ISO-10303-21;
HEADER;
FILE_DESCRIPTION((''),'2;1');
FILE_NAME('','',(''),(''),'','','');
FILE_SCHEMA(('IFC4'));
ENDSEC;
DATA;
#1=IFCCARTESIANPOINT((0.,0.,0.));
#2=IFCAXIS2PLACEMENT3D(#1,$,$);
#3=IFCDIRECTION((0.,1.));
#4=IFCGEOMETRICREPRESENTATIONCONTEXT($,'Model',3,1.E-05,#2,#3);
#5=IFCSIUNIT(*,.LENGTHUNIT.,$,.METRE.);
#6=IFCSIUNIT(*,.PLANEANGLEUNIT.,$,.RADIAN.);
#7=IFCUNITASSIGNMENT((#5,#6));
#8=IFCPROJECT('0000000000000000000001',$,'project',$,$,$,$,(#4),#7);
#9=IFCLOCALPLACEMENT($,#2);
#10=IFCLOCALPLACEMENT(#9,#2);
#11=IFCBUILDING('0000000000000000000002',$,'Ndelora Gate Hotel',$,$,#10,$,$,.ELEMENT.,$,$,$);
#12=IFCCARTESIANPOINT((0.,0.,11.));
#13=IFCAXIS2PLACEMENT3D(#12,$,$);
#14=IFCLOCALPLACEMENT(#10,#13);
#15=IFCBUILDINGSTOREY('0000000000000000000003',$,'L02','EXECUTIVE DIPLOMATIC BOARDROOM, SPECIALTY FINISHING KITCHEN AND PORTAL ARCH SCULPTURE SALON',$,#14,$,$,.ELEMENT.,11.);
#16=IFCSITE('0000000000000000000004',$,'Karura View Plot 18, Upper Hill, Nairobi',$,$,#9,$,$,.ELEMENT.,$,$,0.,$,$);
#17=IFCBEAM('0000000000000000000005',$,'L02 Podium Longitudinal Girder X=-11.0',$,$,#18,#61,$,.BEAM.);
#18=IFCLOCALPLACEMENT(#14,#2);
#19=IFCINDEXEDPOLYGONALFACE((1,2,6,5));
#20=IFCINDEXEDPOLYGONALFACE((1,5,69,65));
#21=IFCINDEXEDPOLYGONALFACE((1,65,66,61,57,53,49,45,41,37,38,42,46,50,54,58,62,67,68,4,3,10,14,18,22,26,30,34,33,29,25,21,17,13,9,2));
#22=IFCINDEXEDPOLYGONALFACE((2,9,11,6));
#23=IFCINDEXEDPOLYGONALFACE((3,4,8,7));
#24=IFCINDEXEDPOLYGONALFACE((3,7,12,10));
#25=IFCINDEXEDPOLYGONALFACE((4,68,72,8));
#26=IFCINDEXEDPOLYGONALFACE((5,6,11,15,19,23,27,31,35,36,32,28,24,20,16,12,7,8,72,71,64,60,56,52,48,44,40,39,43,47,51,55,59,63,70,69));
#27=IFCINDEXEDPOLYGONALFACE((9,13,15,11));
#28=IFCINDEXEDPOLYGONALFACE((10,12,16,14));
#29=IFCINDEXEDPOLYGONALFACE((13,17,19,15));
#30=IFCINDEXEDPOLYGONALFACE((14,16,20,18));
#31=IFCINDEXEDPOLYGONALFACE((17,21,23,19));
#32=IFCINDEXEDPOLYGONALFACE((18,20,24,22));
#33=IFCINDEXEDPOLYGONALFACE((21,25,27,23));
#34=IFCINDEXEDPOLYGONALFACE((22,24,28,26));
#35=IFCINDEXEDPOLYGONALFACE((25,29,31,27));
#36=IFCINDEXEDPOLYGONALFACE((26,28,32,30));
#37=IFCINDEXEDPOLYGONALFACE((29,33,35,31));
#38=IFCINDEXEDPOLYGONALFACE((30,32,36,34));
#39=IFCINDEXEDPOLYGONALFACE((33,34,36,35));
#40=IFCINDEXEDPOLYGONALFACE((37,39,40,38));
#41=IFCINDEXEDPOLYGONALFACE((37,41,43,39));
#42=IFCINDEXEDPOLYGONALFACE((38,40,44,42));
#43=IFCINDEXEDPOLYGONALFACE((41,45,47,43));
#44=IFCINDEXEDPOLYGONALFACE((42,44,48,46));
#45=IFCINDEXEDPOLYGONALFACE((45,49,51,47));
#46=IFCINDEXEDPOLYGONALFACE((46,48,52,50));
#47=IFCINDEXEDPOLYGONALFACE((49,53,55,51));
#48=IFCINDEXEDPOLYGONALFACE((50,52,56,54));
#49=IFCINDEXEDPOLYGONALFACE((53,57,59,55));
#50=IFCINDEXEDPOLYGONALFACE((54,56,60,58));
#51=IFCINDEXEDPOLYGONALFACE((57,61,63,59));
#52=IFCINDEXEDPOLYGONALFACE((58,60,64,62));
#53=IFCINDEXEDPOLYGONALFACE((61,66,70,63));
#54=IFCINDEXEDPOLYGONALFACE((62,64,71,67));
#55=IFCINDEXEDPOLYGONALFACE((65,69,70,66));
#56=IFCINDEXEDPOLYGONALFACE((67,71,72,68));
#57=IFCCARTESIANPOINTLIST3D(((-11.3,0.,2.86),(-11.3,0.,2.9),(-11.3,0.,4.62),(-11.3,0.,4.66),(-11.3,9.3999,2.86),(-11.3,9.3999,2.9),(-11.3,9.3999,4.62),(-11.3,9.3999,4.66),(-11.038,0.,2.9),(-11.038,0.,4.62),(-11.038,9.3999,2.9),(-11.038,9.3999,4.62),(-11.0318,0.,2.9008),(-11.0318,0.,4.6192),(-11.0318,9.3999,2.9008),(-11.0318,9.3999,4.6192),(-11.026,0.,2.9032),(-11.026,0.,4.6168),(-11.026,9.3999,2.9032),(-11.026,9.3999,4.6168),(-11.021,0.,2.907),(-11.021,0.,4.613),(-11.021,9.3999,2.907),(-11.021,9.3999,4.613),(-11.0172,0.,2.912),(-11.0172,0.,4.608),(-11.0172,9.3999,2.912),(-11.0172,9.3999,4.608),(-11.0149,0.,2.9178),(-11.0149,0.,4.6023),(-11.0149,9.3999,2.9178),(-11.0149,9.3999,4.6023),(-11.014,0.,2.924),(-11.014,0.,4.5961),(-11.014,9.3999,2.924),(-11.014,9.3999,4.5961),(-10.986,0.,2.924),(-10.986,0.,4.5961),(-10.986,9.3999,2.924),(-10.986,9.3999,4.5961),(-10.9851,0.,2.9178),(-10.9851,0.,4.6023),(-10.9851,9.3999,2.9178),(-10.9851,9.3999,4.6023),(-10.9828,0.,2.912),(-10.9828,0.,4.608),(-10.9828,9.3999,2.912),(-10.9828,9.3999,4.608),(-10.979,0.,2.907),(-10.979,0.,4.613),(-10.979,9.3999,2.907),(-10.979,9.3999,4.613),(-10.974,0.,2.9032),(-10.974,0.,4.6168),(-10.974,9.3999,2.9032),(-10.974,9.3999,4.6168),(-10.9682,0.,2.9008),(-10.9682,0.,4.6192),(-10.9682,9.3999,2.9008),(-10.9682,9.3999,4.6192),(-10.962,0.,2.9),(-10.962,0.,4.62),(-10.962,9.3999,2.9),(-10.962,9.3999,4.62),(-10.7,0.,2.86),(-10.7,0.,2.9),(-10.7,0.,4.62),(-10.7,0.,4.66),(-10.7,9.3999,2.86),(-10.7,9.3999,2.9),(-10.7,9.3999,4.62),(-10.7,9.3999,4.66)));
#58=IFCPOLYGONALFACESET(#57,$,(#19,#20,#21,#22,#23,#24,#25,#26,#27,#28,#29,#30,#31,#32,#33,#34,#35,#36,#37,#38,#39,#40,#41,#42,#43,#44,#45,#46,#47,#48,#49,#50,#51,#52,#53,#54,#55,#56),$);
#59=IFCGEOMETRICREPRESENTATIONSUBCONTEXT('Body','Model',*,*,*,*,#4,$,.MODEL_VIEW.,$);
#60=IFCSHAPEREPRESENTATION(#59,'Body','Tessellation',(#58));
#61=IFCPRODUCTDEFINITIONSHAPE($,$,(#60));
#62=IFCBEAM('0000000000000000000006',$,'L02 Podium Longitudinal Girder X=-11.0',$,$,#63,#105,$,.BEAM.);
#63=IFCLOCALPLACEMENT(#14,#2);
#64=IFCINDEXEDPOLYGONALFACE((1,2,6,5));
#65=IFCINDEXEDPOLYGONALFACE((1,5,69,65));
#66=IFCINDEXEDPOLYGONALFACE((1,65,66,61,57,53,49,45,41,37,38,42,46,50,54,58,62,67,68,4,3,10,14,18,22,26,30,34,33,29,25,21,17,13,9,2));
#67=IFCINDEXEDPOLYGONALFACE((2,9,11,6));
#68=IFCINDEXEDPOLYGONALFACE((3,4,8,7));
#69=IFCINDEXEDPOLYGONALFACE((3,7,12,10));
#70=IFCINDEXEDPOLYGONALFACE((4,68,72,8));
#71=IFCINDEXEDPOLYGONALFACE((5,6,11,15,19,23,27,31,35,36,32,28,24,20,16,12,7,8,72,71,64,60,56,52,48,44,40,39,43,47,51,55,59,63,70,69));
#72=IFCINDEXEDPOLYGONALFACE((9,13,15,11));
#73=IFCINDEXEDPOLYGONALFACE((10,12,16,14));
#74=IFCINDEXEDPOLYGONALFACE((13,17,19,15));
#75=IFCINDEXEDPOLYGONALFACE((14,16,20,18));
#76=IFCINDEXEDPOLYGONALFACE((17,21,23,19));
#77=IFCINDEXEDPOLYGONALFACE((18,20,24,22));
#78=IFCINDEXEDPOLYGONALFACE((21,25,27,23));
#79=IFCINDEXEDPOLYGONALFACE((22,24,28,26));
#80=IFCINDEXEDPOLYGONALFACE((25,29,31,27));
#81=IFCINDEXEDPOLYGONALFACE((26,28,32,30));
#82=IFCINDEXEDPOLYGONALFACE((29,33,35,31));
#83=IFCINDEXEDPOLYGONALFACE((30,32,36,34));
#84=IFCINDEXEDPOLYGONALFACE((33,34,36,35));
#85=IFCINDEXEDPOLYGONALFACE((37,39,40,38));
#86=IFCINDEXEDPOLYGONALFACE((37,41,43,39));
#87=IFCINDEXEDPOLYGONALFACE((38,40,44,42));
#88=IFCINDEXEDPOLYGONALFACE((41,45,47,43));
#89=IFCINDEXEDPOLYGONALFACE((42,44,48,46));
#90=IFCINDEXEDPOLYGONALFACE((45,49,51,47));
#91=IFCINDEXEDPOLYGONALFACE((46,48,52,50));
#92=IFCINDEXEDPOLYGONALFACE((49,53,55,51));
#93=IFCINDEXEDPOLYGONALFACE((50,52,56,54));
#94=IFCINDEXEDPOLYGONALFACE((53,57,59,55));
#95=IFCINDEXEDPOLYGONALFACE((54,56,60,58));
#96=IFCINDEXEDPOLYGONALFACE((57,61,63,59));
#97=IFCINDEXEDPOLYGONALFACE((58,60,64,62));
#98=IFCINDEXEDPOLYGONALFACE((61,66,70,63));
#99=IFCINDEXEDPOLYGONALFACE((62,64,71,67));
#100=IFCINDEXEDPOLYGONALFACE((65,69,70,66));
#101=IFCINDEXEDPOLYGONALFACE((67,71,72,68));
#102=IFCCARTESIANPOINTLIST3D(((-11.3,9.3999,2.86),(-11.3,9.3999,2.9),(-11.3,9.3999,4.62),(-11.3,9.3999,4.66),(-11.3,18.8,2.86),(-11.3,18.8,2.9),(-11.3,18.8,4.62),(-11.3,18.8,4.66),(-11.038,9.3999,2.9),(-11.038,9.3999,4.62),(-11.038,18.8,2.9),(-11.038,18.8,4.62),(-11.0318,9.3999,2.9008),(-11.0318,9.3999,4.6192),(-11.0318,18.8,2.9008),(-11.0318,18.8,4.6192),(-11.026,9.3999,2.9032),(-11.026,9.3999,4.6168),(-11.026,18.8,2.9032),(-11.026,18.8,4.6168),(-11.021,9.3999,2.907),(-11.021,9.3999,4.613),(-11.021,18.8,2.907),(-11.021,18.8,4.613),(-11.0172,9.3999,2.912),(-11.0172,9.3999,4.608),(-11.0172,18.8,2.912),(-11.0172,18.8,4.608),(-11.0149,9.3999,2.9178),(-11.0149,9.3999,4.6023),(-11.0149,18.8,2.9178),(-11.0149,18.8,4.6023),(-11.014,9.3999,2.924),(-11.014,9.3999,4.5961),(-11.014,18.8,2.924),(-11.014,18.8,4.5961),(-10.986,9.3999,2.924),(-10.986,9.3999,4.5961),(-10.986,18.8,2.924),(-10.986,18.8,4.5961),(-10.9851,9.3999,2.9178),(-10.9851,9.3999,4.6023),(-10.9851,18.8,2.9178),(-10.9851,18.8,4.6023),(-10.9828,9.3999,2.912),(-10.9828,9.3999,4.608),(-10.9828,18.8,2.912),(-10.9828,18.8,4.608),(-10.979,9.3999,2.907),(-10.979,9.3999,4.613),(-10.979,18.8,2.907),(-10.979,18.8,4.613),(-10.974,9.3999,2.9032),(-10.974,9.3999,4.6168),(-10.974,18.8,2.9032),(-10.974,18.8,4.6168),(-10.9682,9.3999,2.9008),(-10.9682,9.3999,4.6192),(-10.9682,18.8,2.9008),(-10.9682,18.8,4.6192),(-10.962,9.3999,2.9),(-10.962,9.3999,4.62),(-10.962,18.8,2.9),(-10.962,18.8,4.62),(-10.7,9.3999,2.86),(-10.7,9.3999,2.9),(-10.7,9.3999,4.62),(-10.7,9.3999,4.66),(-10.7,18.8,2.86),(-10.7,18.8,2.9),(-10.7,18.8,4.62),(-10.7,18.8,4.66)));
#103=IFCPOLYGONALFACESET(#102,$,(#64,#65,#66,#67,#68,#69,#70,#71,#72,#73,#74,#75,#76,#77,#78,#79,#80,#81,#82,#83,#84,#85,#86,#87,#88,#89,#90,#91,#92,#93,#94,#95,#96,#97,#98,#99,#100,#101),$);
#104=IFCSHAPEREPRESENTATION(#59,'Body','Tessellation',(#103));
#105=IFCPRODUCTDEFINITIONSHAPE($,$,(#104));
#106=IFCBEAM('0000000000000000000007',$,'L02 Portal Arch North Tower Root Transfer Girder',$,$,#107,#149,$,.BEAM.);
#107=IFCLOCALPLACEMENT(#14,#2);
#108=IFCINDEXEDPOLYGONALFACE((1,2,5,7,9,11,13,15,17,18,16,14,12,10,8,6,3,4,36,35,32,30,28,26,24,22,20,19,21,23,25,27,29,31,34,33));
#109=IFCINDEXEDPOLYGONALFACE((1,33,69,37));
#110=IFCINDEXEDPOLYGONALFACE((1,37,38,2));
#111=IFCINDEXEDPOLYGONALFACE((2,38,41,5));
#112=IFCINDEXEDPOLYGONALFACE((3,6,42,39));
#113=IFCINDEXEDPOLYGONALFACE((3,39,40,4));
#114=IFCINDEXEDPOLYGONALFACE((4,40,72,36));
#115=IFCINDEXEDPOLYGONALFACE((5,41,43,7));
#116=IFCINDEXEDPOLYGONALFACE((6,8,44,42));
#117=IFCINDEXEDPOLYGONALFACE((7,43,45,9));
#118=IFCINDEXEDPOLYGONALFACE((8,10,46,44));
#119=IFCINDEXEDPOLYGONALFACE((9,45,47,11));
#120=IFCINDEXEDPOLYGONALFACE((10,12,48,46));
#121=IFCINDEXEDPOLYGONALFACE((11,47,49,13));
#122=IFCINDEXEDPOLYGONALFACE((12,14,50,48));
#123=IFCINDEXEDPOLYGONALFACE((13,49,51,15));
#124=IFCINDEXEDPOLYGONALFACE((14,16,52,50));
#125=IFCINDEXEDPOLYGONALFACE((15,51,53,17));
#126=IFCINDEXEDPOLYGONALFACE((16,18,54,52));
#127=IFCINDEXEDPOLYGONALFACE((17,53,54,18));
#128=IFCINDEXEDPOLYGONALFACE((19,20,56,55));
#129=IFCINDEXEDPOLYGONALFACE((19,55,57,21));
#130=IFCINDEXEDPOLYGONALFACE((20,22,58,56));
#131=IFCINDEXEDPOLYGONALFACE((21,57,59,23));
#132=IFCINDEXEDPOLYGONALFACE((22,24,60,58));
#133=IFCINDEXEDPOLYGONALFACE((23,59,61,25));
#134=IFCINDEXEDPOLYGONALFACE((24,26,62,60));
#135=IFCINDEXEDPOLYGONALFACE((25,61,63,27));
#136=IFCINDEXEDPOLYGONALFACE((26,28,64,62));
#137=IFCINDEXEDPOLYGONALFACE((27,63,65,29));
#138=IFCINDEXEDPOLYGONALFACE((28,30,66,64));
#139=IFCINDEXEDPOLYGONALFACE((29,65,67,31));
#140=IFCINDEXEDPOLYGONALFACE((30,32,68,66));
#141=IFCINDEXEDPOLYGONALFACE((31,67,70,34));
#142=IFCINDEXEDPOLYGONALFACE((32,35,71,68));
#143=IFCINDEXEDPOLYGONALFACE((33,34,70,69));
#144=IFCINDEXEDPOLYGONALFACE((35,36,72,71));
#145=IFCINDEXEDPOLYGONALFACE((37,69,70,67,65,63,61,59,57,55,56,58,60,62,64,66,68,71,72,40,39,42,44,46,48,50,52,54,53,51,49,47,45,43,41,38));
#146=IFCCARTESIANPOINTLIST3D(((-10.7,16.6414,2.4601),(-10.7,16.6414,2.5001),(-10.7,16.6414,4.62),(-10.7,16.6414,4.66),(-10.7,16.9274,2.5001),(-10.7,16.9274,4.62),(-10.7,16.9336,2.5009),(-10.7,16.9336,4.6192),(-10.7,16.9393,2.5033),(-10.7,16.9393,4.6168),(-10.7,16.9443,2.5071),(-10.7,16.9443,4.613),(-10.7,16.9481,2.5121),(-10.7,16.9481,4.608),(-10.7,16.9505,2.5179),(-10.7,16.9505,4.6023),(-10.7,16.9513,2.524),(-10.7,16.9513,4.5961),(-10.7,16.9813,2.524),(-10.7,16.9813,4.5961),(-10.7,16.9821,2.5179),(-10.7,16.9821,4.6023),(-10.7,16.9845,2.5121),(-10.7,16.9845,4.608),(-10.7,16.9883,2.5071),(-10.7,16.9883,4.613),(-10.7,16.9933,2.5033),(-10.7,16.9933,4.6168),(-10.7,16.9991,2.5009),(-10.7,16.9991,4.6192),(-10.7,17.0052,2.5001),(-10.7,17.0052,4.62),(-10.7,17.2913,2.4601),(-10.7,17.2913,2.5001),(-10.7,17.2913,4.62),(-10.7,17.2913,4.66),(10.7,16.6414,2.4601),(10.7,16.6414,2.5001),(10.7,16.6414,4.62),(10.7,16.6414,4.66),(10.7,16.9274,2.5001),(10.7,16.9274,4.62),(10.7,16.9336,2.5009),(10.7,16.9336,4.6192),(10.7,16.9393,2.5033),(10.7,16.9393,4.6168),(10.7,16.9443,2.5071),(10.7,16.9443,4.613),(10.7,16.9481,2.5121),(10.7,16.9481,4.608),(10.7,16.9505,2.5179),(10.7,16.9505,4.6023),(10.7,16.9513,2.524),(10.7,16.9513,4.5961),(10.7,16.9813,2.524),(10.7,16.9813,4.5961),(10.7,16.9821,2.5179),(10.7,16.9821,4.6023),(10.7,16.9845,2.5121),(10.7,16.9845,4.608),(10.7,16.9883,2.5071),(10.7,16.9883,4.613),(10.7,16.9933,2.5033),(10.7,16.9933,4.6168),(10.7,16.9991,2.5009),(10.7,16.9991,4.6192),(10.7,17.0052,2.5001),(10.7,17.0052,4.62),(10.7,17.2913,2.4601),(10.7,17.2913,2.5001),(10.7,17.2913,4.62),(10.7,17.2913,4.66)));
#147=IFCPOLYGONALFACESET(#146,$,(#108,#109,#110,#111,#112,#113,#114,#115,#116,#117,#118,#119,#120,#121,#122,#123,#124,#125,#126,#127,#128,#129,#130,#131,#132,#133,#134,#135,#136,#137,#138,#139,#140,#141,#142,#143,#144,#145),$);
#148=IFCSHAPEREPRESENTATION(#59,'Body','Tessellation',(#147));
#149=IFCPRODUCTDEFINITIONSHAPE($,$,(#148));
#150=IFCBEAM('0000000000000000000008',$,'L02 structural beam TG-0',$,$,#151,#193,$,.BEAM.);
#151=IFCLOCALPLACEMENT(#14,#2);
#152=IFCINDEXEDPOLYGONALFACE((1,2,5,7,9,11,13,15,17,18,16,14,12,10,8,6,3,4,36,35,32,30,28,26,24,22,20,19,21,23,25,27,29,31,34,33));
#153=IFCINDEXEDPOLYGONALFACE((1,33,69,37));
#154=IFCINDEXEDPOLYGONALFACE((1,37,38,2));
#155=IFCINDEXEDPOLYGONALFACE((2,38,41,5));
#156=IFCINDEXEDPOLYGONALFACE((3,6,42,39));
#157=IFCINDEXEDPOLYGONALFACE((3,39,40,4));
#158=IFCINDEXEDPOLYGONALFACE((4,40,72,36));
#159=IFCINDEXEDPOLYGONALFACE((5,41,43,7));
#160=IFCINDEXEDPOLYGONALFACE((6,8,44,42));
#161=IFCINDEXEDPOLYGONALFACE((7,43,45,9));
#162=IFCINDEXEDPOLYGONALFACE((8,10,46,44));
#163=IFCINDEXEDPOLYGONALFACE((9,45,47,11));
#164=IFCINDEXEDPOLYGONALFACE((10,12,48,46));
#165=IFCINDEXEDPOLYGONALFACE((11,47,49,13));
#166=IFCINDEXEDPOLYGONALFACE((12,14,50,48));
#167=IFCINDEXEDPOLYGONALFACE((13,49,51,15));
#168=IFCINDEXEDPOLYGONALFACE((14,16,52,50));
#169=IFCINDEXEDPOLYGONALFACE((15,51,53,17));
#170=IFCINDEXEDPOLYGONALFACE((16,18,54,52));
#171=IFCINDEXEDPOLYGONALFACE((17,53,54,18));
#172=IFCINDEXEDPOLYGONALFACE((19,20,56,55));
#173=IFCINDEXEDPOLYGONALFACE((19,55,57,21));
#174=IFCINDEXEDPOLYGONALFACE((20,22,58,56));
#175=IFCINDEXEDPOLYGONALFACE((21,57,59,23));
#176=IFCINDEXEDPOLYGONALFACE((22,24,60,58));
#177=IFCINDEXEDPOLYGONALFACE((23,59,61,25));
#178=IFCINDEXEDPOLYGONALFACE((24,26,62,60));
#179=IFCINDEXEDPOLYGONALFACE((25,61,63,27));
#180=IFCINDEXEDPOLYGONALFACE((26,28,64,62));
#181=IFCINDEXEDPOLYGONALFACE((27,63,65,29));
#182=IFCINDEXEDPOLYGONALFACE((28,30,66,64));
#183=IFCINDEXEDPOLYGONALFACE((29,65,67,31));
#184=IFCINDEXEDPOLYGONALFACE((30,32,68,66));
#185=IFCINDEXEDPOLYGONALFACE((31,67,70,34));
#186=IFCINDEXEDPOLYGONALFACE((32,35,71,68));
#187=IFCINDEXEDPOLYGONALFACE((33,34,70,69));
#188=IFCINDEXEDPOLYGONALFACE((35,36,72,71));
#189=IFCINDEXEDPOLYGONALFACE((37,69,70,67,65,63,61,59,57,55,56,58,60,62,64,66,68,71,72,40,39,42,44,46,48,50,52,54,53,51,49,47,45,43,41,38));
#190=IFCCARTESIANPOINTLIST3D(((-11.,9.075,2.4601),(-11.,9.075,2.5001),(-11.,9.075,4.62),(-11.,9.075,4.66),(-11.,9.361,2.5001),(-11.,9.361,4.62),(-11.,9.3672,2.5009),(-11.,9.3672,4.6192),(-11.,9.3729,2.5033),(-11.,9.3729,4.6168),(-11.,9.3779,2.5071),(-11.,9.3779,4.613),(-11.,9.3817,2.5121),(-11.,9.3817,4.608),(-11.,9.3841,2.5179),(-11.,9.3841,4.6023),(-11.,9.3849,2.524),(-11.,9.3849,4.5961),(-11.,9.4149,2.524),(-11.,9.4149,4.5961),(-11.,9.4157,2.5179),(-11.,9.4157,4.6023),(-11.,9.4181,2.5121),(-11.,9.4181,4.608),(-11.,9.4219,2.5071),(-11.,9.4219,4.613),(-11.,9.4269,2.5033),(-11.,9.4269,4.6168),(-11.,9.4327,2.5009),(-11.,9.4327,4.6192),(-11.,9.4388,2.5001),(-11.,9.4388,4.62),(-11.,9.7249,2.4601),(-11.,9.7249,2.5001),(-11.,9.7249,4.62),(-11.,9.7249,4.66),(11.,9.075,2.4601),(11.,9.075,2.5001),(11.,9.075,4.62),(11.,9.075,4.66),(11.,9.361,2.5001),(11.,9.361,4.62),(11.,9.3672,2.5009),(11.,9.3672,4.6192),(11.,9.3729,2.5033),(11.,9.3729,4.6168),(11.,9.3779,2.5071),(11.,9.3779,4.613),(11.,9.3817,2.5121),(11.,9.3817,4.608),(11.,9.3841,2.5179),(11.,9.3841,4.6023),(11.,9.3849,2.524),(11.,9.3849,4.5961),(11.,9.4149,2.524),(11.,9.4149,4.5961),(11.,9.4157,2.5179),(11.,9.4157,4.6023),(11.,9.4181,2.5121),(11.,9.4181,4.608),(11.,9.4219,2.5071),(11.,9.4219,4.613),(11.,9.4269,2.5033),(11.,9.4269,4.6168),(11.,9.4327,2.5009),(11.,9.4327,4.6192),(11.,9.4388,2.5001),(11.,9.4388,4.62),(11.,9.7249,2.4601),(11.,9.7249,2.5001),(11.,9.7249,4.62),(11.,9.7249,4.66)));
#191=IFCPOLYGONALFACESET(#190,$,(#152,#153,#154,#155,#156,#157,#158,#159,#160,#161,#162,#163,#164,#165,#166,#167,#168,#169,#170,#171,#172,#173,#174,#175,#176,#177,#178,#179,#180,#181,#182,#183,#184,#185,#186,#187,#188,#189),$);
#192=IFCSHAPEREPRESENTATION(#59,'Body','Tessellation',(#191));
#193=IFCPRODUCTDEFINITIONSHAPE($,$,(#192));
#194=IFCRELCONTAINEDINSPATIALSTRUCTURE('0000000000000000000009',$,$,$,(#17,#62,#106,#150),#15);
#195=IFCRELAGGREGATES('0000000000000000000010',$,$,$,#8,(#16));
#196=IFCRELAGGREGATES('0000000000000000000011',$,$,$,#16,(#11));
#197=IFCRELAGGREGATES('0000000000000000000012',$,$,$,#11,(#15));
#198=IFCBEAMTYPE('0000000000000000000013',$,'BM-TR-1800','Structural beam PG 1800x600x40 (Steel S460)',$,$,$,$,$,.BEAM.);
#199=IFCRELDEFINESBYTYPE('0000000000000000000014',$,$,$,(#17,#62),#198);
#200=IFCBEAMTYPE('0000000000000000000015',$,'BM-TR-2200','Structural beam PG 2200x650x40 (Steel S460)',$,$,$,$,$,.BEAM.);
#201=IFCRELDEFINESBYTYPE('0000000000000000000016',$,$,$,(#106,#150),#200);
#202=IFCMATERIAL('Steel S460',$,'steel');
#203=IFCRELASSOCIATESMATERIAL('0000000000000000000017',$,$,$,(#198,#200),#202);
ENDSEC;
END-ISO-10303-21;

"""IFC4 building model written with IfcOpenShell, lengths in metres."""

from ifc_helpers import new_model, si_unit, direction, frame, origin, origin_2d, place, context, subcontext, project, spatial, i_section, extrude, material, material_profile, profile_set, type_object, element, save


model = new_model("IFC4")

# Units and contexts
model_context = context("Model", 3, precision=1e-05, world=origin(), true_north=direction((0.0, 1.0)))
body_context = subcontext(model_context, "Body", "Model", "MODEL_VIEW")
ifc_project = project(units=[si_unit("LENGTHUNIT", "METRE"), si_unit("PLANEANGLEUNIT", "RADIAN")], contexts=[model_context])

# Site, building, storey
site_placement = place(None, origin())
site = spatial("IfcSite", under=ifc_project, at=site_placement, Name="Karura View Plot 18, Upper Hill, Nairobi", CompositionType="ELEMENT", RefElevation=0.0)
building_placement = place(site_placement, origin())
building = spatial("IfcBuilding", under=site, at=building_placement, Name="Ndelora Gate Hotel", CompositionType="ELEMENT")
storey_placement = place(building_placement, frame((0.0, 0.0, 11.0)))
storey = spatial("IfcBuildingStorey", under=building, at=storey_placement, Name="L02", Description="EXECUTIVE DIPLOMATIC BOARDROOM, SPECIALTY FINISHING KITCHEN AND PORTAL ARCH SCULPTURE SALON", CompositionType="ELEMENT", Elevation=11.0)

# Beams
ifc_material_1 = material(Name="Steel S460", Category="steel")
ifc_material_profile_1 = material_profile(ifc_material_1, i_section(OverallWidth=0.6001, OverallDepth=1.8, WebThickness=0.0281, FlangeThickness=0.04, FilletRadius=0.0239, at=origin_2d()), Name="PG 1800x600x40")
ifc_profile_set_1 = profile_set([ifc_material_profile_1], Name="Steel S460")
beam_type_1 = type_object("IfcBeamType", Name="BM-TR-1800", Description="Structural beam PG 1800x600x40 (Steel S460)", PredefinedType="BEAM", material=ifc_profile_set_1)
beam_1_placement = place(storey_placement, frame((-11.0, 0.0, 3.76), z_axis=(0.0, 1.0, 0.0), x_axis=(-1.0, 0.0, 0.0)))
element("IfcBeam", 1, at=beam_1_placement, inside=storey, type_object=beam_type_1, Name="L02 Podium Longitudinal Girder X=-11.0", PredefinedType="BEAM", context=body_context, shape_type="SweptSolid", body=[
    extrude(i_section(OverallWidth=0.6001, OverallDepth=1.8, WebThickness=0.0281, FlangeThickness=0.04, FilletRadius=0.0239, at=origin_2d()), origin(), (0.0, 0.0, 1.0), 9.3999),
])
beam_2_placement = place(storey_placement, frame((-11.0, 9.3999, 3.76), z_axis=(0.0, 1.0, 0.0), x_axis=(-1.0, 0.0, 0.0)))
element("IfcBeam", 2, at=beam_2_placement, inside=storey, type_object=beam_type_1, Name="L02 Podium Longitudinal Girder X=-11.0", PredefinedType="BEAM", context=body_context, shape_type="SweptSolid", body=[
    extrude(i_section(OverallWidth=0.6001, OverallDepth=1.8, WebThickness=0.0281, FlangeThickness=0.04, FilletRadius=0.0239, at=origin_2d()), origin(), (0.0, 0.0, 1.0), 9.4001),
])
ifc_material_profile_2 = material_profile(ifc_material_1, i_section(OverallWidth=0.6499, OverallDepth=2.2, WebThickness=0.03, FlangeThickness=0.04, FilletRadius=0.0239, at=origin_2d()), Name="PG 2200x650x40")
ifc_profile_set_2 = profile_set([ifc_material_profile_2], Name="Steel S460")
beam_type_2 = type_object("IfcBeamType", Name="BM-TR-2200", Description="Structural beam PG 2200x650x40 (Steel S460)", PredefinedType="BEAM", material=ifc_profile_set_2)
beam_3_placement = place(storey_placement, frame((-10.7, 16.9663, 3.5601), z_axis=(1.0, 0.0, 0.0), x_axis=(0.0, 1.0, 0.0)))
element("IfcBeam", 3, at=beam_3_placement, inside=storey, type_object=beam_type_2, Name="L02 Portal Arch North Tower Root Transfer Girder", PredefinedType="BEAM", context=body_context, shape_type="SweptSolid", body=[
    extrude(i_section(OverallWidth=0.6499, OverallDepth=2.2, WebThickness=0.03, FlangeThickness=0.04, FilletRadius=0.0239, at=origin_2d()), origin(), (0.0, 0.0, 1.0), 21.3999),
])
for number, where, z_axis, x_axis, name in (
    (4, (-11.0, 9.3999, 3.5601), (1.0, 0.0, 0.0), (0.0, 1.0, 0.0), "L02 structural beam TG-0"),
):
    element("IfcBeam", number, at=place(storey_placement, frame(where, z_axis=z_axis, x_axis=x_axis)), inside=storey, type_object=beam_type_2, Name=name, PredefinedType="BEAM", context=body_context, shape_type="SweptSolid", body=[
        extrude(i_section(OverallWidth=0.6499, OverallDepth=2.2, WebThickness=0.03, FlangeThickness=0.04, FilletRadius=0.0239, at=origin_2d()), origin(), (0.0, 0.0, 1.0), 22.0),
    ])

save(model, "model.ifc")
